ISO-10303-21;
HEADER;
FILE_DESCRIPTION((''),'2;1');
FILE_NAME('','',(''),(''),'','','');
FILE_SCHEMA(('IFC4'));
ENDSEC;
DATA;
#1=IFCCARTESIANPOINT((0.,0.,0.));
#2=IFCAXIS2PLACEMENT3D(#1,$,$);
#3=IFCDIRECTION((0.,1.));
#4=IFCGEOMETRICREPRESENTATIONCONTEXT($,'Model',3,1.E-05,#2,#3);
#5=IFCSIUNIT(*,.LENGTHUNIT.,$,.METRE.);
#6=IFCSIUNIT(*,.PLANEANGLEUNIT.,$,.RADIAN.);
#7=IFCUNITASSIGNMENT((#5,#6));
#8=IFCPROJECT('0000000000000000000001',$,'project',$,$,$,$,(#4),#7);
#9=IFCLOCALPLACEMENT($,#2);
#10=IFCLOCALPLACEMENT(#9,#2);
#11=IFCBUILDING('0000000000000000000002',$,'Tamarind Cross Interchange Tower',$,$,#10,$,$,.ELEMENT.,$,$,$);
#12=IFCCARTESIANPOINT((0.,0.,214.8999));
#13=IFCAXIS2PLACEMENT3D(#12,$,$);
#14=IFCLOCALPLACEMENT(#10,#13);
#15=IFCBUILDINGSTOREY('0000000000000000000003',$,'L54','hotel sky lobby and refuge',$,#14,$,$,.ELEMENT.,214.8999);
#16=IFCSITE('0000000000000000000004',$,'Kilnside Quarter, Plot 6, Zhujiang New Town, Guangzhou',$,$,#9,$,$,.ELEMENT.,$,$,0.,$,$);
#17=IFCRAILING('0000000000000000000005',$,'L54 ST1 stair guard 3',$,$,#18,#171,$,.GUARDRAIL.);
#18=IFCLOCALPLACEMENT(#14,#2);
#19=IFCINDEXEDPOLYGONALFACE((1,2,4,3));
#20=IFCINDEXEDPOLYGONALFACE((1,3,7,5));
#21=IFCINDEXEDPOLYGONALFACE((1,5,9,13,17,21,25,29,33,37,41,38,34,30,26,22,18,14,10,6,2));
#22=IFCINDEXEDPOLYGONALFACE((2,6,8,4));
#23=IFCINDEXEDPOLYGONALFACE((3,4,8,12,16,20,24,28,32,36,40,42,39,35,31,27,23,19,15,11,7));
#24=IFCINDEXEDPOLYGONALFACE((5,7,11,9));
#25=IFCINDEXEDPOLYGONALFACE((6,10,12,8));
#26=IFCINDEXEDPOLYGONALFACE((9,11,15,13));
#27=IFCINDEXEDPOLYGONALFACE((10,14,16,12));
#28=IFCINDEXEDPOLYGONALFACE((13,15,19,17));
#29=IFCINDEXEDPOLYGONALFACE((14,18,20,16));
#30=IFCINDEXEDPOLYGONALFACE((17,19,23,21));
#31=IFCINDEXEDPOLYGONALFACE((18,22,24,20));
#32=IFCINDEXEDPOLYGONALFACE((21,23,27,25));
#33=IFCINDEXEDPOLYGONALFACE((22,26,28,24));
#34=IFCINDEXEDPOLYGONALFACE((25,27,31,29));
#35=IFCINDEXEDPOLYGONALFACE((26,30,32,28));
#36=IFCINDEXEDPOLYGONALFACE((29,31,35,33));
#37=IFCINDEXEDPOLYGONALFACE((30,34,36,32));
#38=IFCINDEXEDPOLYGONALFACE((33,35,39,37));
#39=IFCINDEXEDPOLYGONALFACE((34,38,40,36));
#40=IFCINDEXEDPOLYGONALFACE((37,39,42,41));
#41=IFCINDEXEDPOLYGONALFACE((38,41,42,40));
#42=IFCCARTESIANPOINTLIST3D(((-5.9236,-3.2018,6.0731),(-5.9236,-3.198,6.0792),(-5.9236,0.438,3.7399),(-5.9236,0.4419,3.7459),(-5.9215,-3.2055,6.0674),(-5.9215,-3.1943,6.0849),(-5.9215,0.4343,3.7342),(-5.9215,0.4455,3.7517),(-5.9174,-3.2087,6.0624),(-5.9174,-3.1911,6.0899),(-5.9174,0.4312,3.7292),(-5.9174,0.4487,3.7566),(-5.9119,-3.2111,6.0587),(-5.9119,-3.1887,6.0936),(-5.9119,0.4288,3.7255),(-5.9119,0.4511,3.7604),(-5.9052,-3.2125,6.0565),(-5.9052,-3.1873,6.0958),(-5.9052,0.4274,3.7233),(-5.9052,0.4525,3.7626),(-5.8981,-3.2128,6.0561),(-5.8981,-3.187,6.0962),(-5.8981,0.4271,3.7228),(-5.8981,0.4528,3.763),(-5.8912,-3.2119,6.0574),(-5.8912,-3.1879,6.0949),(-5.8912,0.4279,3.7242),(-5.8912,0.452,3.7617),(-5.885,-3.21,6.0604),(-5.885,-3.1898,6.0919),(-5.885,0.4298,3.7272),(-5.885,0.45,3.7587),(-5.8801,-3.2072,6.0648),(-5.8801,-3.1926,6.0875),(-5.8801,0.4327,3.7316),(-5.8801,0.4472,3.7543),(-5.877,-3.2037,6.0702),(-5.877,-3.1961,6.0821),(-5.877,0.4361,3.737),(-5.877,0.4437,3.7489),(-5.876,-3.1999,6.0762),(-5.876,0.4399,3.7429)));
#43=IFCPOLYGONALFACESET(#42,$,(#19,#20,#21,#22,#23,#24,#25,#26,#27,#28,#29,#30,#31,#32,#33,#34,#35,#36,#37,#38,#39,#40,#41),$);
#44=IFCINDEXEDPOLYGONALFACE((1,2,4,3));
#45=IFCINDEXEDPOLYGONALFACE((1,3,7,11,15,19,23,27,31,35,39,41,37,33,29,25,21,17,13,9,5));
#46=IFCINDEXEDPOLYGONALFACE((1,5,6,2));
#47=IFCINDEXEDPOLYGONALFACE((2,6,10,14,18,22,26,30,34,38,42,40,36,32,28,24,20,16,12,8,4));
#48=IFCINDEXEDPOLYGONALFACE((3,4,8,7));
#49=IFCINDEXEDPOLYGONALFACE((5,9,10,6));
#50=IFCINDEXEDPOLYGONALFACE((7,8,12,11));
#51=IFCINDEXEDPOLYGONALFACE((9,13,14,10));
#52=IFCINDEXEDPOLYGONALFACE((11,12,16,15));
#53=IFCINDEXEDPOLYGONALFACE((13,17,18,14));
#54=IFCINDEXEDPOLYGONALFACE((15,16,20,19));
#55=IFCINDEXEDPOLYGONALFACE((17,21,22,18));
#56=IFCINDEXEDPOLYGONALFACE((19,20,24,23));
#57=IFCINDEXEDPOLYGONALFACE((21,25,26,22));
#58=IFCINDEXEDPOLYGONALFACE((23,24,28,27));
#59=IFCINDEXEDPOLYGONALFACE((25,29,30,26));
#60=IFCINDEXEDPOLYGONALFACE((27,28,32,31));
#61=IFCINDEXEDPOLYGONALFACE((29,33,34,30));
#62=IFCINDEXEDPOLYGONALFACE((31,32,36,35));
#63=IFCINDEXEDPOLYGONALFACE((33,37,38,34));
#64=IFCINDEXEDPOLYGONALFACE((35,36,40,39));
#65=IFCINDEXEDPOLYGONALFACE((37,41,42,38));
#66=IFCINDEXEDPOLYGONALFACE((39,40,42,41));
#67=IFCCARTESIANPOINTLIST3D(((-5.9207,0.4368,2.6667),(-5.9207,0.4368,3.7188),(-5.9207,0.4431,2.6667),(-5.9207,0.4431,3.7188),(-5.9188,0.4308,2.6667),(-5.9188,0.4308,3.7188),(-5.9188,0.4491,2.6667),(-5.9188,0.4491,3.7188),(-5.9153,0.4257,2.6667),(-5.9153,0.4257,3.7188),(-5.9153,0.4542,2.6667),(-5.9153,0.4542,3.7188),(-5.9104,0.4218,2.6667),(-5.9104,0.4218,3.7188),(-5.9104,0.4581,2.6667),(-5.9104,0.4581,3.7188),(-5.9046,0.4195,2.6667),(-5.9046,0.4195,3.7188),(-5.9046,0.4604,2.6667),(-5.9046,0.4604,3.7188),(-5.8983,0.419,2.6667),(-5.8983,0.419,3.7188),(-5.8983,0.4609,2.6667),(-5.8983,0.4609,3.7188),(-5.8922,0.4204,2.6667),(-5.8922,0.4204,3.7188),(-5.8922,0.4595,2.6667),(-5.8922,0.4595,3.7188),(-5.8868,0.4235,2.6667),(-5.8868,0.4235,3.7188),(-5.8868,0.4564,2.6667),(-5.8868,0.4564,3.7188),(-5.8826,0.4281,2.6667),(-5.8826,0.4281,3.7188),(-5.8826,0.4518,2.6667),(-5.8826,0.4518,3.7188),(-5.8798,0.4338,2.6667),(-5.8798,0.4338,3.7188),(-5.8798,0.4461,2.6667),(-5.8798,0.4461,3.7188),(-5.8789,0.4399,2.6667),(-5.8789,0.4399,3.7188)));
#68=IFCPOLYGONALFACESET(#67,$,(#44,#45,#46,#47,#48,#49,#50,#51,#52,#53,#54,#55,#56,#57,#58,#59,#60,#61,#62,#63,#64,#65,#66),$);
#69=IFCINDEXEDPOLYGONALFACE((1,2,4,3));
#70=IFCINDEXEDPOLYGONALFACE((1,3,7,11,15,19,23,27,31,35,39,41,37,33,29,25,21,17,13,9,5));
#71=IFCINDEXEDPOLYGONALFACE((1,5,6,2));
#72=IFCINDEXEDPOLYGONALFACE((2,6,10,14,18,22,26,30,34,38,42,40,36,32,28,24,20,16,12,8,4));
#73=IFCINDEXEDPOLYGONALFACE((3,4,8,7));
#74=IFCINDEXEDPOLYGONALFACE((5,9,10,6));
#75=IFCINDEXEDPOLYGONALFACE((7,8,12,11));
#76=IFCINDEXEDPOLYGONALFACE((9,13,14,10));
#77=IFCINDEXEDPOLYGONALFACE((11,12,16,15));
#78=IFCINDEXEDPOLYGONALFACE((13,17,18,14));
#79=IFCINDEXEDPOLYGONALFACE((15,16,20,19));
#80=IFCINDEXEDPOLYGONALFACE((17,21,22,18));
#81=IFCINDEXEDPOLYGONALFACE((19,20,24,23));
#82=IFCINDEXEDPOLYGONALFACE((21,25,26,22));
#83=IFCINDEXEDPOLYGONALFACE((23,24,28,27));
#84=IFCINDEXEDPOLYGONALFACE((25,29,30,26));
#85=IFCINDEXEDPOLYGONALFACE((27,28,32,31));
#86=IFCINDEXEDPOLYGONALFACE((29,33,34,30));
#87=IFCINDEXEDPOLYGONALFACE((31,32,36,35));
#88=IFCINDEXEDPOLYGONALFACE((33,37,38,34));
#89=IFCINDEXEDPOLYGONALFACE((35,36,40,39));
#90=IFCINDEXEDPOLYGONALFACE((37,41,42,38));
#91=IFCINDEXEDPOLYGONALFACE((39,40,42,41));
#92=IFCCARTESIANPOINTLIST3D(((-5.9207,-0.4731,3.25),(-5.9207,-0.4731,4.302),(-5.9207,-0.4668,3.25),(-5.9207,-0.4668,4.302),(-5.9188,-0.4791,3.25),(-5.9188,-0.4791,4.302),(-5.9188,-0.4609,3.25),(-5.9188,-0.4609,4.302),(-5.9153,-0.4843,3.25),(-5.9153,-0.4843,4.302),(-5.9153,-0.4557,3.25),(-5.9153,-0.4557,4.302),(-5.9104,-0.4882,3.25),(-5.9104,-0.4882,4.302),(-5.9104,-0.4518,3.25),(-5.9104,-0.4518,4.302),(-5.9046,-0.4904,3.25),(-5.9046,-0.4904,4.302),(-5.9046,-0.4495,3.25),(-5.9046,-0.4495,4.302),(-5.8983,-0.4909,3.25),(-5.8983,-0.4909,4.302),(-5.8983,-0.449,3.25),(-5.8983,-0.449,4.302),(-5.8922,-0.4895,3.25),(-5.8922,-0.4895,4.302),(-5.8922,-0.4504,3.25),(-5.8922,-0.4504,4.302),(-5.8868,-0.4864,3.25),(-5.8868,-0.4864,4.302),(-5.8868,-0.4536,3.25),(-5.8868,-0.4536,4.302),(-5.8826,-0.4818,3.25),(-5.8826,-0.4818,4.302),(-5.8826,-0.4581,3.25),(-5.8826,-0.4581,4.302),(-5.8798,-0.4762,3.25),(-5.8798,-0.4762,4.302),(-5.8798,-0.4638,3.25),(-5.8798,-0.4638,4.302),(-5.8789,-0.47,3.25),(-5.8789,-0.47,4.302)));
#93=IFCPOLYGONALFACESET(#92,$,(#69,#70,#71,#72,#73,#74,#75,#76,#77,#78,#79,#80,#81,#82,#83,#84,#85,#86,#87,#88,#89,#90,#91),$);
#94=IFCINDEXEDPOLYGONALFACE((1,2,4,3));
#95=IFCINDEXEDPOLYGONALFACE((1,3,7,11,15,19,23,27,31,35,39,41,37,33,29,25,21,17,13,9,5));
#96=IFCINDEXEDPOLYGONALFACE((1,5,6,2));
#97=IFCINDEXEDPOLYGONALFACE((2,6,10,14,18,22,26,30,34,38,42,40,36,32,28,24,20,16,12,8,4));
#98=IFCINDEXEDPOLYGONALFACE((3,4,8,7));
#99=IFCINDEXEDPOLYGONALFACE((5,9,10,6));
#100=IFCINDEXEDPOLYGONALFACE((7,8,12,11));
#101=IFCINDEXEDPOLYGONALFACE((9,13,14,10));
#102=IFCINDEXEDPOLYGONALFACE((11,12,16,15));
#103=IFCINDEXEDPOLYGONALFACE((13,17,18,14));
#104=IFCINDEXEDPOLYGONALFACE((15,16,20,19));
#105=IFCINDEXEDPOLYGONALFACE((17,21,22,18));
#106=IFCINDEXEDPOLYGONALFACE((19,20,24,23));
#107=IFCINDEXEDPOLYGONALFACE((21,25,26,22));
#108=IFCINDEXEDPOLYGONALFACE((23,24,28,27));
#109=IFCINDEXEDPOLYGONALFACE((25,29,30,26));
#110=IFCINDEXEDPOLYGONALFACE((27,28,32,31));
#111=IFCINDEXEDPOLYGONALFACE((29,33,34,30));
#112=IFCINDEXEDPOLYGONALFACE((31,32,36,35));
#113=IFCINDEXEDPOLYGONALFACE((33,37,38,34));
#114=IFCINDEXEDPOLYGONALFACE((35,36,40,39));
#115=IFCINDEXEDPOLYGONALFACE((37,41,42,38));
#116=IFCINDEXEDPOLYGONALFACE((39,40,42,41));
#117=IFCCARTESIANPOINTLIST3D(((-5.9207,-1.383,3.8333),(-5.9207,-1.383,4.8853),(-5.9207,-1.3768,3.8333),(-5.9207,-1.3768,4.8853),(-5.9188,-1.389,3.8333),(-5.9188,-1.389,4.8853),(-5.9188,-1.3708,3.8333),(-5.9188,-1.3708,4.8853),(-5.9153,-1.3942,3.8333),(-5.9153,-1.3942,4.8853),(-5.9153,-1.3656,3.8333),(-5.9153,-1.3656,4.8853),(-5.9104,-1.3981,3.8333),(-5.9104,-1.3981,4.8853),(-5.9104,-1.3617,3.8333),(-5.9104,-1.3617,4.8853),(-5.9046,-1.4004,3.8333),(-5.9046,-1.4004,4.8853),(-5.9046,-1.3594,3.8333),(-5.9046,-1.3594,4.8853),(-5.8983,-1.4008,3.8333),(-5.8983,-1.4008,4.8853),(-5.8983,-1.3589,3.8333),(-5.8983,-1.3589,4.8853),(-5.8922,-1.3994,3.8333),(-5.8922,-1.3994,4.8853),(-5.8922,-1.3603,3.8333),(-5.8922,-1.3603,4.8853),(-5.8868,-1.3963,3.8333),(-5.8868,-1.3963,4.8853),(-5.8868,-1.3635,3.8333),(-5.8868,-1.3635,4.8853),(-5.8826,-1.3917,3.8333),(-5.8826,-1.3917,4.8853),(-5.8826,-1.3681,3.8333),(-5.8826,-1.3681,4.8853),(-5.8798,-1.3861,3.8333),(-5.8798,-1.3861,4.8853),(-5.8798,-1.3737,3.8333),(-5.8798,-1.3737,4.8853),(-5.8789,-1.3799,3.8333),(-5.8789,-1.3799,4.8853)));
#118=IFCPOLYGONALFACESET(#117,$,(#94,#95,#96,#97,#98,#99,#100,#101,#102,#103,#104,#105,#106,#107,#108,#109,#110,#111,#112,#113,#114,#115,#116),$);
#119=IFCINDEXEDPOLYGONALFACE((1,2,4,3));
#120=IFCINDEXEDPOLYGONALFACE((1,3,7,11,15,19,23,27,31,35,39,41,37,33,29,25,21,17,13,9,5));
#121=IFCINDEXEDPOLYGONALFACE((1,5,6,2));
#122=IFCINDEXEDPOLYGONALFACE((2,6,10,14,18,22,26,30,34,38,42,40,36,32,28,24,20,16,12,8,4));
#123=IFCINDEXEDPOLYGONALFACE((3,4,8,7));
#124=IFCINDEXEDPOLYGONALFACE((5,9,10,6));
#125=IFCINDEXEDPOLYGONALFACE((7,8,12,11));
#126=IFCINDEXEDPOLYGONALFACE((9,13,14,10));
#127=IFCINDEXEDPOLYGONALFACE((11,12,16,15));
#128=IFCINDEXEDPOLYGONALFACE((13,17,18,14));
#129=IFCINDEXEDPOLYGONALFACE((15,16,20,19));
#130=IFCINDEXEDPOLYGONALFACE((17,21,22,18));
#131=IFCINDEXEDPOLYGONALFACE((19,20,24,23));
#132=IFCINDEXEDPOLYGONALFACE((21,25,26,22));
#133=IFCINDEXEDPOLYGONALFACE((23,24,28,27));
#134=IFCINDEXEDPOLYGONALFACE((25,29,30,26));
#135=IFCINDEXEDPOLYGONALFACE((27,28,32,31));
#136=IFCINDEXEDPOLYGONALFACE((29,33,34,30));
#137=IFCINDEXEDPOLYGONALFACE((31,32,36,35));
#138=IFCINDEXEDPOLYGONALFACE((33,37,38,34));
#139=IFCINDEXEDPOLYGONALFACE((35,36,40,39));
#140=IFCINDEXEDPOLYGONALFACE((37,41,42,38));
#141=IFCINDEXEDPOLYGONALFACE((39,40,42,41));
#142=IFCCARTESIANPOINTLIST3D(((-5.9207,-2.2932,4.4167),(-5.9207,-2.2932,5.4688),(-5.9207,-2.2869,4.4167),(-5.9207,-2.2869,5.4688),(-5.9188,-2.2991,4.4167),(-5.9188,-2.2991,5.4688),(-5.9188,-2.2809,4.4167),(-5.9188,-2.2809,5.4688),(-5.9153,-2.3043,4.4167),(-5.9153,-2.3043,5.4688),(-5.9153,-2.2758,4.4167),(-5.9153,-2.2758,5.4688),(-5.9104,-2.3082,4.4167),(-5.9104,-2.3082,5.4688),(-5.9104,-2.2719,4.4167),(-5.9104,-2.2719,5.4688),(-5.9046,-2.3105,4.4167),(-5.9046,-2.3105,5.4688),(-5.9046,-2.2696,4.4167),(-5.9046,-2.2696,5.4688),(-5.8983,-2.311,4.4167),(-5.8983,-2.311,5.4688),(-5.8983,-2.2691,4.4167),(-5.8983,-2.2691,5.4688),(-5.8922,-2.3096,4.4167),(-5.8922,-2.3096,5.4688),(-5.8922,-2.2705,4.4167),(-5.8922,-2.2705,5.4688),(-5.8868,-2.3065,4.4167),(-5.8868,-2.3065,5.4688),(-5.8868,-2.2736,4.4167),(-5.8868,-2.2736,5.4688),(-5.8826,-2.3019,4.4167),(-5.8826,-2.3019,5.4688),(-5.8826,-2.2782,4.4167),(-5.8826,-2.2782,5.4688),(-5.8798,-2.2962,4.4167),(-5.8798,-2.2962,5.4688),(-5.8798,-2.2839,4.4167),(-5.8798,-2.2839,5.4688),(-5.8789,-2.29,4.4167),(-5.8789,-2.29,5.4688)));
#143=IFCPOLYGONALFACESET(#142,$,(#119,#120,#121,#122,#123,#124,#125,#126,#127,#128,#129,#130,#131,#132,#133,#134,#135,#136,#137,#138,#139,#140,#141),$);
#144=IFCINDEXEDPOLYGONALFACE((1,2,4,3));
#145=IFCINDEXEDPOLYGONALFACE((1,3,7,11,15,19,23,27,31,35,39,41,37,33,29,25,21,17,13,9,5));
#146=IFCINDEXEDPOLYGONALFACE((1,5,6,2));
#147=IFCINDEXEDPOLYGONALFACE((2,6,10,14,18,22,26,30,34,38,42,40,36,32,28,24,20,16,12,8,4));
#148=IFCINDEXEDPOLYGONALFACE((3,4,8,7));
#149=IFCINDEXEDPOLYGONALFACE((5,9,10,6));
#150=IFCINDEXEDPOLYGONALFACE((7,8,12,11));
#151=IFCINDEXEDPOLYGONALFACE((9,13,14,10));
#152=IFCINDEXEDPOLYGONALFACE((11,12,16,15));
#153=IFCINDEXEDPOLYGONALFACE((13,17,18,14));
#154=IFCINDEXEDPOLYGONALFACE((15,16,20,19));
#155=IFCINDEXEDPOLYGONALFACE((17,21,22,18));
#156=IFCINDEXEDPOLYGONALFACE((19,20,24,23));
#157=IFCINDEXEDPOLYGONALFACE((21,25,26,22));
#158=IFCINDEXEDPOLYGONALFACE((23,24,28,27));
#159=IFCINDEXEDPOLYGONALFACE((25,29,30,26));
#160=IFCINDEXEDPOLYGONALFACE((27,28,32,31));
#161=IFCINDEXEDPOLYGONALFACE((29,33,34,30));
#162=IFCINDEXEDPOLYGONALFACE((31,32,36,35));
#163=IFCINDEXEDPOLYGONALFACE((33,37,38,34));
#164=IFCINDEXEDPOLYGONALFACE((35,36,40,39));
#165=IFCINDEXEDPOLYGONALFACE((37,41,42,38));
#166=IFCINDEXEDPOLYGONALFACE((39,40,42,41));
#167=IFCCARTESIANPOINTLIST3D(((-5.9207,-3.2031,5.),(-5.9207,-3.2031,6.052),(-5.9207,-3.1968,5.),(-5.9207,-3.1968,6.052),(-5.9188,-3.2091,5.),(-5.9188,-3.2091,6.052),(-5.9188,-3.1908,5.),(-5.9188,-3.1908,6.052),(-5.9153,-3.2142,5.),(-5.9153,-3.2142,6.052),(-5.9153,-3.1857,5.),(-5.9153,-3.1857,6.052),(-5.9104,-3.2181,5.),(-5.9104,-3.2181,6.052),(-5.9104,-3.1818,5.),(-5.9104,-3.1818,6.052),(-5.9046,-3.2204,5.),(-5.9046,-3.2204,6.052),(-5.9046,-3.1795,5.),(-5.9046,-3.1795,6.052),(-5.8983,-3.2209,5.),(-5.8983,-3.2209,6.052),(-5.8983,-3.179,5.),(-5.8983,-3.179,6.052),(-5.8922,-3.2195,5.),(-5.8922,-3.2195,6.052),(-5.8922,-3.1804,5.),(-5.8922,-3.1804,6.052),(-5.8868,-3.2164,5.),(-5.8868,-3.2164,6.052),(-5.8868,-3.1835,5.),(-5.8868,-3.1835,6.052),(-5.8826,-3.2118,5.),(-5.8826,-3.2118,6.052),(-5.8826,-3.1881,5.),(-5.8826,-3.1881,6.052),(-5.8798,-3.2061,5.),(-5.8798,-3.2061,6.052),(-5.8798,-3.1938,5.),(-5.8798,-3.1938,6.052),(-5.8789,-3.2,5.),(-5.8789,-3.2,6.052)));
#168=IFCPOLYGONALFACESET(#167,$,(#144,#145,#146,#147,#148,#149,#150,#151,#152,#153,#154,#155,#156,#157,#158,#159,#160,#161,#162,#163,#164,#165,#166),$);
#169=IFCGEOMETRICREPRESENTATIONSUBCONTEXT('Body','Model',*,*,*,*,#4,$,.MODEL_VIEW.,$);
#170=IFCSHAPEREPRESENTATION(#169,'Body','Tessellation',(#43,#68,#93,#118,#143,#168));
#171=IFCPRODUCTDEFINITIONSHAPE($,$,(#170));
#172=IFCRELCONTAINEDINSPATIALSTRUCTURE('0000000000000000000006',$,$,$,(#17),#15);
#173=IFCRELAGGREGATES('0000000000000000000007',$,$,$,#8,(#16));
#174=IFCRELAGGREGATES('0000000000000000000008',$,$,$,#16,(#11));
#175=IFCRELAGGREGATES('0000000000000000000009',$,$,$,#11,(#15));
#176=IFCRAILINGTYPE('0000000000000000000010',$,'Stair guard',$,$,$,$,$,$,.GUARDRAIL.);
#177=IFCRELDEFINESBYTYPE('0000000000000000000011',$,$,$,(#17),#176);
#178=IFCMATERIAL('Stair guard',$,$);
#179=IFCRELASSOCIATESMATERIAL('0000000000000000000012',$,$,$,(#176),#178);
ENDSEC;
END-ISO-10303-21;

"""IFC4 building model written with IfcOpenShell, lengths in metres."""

from ifc_helpers import new_model, si_unit, direction, frame, origin, origin_2d, place, context, subcontext, project, spatial, circle, extrude, material, type_object, element, save


model = new_model("IFC4")

# Units and contexts
model_context = context("Model", 3, precision=1e-05, world=origin(), true_north=direction((0.0, 1.0)))
body_context = subcontext(model_context, "Body", "Model", "MODEL_VIEW")
ifc_project = project(units=[si_unit("LENGTHUNIT", "METRE"), si_unit("PLANEANGLEUNIT", "RADIAN")], contexts=[model_context])

# Site, building, storey
site_placement = place(None, origin())
site = spatial("IfcSite", under=ifc_project, at=site_placement, Name="Kilnside Quarter, Plot 6, Zhujiang New Town, Guangzhou", CompositionType="ELEMENT", RefElevation=0.0)
building_placement = place(site_placement, origin())
building = spatial("IfcBuilding", under=site, at=building_placement, Name="Tamarind Cross Interchange Tower", CompositionType="ELEMENT")
storey_placement = place(building_placement, frame((0.0, 0.0, 214.8999)))
storey = spatial("IfcBuildingStorey", under=building, at=storey_placement, Name="L54", Description="hotel sky lobby and refuge", CompositionType="ELEMENT", Elevation=214.8999)

# Railing
ifc_material_1 = material(Name="Stair guard")
railing_type_1 = type_object("IfcRailingType", Name="Stair guard", PredefinedType="GUARDRAIL", material=ifc_material_1)
railing_1_placement = place(storey_placement, frame((-5.8999, 0.4399, 2.6667)))
element("IfcRailing", 1, at=railing_1_placement, inside=storey, type_object=railing_type_1, Name="L54 ST1 stair guard 3", PredefinedType="GUARDRAIL", context=body_context, shape_type="SweptSolid", body=[
    extrude(circle(Radius=0.0239, at=origin_2d()), frame((0.0, 0.0, 1.0762), z_axis=(0.0, -0.84188, 0.539664), x_axis=(1.0, 0.0, 0.0)), (0.0, 0.0, 1.0), 4.3235),
    extrude(circle(Radius=0.021, at=origin_2d()), origin(), (0.0, 0.0, 1.0), 1.052),
    extrude(circle(Radius=0.021, at=origin_2d()), frame((0.0, -0.9099, 0.5833)), (0.0, 0.0, 1.0), 1.052),
    extrude(circle(Radius=0.021, at=origin_2d()), frame((0.0, -1.8198, 1.1665)), (0.0, 0.0, 1.0), 1.052),
    extrude(circle(Radius=0.021, at=origin_2d()), frame((0.0, -2.73, 1.75)), (0.0, 0.0, 1.0), 1.052),
    extrude(circle(Radius=0.021, at=origin_2d()), frame((0.0, -3.6399, 2.3333)), (0.0, 0.0, 1.0), 1.052),
])

save(model, "model.ifc")
